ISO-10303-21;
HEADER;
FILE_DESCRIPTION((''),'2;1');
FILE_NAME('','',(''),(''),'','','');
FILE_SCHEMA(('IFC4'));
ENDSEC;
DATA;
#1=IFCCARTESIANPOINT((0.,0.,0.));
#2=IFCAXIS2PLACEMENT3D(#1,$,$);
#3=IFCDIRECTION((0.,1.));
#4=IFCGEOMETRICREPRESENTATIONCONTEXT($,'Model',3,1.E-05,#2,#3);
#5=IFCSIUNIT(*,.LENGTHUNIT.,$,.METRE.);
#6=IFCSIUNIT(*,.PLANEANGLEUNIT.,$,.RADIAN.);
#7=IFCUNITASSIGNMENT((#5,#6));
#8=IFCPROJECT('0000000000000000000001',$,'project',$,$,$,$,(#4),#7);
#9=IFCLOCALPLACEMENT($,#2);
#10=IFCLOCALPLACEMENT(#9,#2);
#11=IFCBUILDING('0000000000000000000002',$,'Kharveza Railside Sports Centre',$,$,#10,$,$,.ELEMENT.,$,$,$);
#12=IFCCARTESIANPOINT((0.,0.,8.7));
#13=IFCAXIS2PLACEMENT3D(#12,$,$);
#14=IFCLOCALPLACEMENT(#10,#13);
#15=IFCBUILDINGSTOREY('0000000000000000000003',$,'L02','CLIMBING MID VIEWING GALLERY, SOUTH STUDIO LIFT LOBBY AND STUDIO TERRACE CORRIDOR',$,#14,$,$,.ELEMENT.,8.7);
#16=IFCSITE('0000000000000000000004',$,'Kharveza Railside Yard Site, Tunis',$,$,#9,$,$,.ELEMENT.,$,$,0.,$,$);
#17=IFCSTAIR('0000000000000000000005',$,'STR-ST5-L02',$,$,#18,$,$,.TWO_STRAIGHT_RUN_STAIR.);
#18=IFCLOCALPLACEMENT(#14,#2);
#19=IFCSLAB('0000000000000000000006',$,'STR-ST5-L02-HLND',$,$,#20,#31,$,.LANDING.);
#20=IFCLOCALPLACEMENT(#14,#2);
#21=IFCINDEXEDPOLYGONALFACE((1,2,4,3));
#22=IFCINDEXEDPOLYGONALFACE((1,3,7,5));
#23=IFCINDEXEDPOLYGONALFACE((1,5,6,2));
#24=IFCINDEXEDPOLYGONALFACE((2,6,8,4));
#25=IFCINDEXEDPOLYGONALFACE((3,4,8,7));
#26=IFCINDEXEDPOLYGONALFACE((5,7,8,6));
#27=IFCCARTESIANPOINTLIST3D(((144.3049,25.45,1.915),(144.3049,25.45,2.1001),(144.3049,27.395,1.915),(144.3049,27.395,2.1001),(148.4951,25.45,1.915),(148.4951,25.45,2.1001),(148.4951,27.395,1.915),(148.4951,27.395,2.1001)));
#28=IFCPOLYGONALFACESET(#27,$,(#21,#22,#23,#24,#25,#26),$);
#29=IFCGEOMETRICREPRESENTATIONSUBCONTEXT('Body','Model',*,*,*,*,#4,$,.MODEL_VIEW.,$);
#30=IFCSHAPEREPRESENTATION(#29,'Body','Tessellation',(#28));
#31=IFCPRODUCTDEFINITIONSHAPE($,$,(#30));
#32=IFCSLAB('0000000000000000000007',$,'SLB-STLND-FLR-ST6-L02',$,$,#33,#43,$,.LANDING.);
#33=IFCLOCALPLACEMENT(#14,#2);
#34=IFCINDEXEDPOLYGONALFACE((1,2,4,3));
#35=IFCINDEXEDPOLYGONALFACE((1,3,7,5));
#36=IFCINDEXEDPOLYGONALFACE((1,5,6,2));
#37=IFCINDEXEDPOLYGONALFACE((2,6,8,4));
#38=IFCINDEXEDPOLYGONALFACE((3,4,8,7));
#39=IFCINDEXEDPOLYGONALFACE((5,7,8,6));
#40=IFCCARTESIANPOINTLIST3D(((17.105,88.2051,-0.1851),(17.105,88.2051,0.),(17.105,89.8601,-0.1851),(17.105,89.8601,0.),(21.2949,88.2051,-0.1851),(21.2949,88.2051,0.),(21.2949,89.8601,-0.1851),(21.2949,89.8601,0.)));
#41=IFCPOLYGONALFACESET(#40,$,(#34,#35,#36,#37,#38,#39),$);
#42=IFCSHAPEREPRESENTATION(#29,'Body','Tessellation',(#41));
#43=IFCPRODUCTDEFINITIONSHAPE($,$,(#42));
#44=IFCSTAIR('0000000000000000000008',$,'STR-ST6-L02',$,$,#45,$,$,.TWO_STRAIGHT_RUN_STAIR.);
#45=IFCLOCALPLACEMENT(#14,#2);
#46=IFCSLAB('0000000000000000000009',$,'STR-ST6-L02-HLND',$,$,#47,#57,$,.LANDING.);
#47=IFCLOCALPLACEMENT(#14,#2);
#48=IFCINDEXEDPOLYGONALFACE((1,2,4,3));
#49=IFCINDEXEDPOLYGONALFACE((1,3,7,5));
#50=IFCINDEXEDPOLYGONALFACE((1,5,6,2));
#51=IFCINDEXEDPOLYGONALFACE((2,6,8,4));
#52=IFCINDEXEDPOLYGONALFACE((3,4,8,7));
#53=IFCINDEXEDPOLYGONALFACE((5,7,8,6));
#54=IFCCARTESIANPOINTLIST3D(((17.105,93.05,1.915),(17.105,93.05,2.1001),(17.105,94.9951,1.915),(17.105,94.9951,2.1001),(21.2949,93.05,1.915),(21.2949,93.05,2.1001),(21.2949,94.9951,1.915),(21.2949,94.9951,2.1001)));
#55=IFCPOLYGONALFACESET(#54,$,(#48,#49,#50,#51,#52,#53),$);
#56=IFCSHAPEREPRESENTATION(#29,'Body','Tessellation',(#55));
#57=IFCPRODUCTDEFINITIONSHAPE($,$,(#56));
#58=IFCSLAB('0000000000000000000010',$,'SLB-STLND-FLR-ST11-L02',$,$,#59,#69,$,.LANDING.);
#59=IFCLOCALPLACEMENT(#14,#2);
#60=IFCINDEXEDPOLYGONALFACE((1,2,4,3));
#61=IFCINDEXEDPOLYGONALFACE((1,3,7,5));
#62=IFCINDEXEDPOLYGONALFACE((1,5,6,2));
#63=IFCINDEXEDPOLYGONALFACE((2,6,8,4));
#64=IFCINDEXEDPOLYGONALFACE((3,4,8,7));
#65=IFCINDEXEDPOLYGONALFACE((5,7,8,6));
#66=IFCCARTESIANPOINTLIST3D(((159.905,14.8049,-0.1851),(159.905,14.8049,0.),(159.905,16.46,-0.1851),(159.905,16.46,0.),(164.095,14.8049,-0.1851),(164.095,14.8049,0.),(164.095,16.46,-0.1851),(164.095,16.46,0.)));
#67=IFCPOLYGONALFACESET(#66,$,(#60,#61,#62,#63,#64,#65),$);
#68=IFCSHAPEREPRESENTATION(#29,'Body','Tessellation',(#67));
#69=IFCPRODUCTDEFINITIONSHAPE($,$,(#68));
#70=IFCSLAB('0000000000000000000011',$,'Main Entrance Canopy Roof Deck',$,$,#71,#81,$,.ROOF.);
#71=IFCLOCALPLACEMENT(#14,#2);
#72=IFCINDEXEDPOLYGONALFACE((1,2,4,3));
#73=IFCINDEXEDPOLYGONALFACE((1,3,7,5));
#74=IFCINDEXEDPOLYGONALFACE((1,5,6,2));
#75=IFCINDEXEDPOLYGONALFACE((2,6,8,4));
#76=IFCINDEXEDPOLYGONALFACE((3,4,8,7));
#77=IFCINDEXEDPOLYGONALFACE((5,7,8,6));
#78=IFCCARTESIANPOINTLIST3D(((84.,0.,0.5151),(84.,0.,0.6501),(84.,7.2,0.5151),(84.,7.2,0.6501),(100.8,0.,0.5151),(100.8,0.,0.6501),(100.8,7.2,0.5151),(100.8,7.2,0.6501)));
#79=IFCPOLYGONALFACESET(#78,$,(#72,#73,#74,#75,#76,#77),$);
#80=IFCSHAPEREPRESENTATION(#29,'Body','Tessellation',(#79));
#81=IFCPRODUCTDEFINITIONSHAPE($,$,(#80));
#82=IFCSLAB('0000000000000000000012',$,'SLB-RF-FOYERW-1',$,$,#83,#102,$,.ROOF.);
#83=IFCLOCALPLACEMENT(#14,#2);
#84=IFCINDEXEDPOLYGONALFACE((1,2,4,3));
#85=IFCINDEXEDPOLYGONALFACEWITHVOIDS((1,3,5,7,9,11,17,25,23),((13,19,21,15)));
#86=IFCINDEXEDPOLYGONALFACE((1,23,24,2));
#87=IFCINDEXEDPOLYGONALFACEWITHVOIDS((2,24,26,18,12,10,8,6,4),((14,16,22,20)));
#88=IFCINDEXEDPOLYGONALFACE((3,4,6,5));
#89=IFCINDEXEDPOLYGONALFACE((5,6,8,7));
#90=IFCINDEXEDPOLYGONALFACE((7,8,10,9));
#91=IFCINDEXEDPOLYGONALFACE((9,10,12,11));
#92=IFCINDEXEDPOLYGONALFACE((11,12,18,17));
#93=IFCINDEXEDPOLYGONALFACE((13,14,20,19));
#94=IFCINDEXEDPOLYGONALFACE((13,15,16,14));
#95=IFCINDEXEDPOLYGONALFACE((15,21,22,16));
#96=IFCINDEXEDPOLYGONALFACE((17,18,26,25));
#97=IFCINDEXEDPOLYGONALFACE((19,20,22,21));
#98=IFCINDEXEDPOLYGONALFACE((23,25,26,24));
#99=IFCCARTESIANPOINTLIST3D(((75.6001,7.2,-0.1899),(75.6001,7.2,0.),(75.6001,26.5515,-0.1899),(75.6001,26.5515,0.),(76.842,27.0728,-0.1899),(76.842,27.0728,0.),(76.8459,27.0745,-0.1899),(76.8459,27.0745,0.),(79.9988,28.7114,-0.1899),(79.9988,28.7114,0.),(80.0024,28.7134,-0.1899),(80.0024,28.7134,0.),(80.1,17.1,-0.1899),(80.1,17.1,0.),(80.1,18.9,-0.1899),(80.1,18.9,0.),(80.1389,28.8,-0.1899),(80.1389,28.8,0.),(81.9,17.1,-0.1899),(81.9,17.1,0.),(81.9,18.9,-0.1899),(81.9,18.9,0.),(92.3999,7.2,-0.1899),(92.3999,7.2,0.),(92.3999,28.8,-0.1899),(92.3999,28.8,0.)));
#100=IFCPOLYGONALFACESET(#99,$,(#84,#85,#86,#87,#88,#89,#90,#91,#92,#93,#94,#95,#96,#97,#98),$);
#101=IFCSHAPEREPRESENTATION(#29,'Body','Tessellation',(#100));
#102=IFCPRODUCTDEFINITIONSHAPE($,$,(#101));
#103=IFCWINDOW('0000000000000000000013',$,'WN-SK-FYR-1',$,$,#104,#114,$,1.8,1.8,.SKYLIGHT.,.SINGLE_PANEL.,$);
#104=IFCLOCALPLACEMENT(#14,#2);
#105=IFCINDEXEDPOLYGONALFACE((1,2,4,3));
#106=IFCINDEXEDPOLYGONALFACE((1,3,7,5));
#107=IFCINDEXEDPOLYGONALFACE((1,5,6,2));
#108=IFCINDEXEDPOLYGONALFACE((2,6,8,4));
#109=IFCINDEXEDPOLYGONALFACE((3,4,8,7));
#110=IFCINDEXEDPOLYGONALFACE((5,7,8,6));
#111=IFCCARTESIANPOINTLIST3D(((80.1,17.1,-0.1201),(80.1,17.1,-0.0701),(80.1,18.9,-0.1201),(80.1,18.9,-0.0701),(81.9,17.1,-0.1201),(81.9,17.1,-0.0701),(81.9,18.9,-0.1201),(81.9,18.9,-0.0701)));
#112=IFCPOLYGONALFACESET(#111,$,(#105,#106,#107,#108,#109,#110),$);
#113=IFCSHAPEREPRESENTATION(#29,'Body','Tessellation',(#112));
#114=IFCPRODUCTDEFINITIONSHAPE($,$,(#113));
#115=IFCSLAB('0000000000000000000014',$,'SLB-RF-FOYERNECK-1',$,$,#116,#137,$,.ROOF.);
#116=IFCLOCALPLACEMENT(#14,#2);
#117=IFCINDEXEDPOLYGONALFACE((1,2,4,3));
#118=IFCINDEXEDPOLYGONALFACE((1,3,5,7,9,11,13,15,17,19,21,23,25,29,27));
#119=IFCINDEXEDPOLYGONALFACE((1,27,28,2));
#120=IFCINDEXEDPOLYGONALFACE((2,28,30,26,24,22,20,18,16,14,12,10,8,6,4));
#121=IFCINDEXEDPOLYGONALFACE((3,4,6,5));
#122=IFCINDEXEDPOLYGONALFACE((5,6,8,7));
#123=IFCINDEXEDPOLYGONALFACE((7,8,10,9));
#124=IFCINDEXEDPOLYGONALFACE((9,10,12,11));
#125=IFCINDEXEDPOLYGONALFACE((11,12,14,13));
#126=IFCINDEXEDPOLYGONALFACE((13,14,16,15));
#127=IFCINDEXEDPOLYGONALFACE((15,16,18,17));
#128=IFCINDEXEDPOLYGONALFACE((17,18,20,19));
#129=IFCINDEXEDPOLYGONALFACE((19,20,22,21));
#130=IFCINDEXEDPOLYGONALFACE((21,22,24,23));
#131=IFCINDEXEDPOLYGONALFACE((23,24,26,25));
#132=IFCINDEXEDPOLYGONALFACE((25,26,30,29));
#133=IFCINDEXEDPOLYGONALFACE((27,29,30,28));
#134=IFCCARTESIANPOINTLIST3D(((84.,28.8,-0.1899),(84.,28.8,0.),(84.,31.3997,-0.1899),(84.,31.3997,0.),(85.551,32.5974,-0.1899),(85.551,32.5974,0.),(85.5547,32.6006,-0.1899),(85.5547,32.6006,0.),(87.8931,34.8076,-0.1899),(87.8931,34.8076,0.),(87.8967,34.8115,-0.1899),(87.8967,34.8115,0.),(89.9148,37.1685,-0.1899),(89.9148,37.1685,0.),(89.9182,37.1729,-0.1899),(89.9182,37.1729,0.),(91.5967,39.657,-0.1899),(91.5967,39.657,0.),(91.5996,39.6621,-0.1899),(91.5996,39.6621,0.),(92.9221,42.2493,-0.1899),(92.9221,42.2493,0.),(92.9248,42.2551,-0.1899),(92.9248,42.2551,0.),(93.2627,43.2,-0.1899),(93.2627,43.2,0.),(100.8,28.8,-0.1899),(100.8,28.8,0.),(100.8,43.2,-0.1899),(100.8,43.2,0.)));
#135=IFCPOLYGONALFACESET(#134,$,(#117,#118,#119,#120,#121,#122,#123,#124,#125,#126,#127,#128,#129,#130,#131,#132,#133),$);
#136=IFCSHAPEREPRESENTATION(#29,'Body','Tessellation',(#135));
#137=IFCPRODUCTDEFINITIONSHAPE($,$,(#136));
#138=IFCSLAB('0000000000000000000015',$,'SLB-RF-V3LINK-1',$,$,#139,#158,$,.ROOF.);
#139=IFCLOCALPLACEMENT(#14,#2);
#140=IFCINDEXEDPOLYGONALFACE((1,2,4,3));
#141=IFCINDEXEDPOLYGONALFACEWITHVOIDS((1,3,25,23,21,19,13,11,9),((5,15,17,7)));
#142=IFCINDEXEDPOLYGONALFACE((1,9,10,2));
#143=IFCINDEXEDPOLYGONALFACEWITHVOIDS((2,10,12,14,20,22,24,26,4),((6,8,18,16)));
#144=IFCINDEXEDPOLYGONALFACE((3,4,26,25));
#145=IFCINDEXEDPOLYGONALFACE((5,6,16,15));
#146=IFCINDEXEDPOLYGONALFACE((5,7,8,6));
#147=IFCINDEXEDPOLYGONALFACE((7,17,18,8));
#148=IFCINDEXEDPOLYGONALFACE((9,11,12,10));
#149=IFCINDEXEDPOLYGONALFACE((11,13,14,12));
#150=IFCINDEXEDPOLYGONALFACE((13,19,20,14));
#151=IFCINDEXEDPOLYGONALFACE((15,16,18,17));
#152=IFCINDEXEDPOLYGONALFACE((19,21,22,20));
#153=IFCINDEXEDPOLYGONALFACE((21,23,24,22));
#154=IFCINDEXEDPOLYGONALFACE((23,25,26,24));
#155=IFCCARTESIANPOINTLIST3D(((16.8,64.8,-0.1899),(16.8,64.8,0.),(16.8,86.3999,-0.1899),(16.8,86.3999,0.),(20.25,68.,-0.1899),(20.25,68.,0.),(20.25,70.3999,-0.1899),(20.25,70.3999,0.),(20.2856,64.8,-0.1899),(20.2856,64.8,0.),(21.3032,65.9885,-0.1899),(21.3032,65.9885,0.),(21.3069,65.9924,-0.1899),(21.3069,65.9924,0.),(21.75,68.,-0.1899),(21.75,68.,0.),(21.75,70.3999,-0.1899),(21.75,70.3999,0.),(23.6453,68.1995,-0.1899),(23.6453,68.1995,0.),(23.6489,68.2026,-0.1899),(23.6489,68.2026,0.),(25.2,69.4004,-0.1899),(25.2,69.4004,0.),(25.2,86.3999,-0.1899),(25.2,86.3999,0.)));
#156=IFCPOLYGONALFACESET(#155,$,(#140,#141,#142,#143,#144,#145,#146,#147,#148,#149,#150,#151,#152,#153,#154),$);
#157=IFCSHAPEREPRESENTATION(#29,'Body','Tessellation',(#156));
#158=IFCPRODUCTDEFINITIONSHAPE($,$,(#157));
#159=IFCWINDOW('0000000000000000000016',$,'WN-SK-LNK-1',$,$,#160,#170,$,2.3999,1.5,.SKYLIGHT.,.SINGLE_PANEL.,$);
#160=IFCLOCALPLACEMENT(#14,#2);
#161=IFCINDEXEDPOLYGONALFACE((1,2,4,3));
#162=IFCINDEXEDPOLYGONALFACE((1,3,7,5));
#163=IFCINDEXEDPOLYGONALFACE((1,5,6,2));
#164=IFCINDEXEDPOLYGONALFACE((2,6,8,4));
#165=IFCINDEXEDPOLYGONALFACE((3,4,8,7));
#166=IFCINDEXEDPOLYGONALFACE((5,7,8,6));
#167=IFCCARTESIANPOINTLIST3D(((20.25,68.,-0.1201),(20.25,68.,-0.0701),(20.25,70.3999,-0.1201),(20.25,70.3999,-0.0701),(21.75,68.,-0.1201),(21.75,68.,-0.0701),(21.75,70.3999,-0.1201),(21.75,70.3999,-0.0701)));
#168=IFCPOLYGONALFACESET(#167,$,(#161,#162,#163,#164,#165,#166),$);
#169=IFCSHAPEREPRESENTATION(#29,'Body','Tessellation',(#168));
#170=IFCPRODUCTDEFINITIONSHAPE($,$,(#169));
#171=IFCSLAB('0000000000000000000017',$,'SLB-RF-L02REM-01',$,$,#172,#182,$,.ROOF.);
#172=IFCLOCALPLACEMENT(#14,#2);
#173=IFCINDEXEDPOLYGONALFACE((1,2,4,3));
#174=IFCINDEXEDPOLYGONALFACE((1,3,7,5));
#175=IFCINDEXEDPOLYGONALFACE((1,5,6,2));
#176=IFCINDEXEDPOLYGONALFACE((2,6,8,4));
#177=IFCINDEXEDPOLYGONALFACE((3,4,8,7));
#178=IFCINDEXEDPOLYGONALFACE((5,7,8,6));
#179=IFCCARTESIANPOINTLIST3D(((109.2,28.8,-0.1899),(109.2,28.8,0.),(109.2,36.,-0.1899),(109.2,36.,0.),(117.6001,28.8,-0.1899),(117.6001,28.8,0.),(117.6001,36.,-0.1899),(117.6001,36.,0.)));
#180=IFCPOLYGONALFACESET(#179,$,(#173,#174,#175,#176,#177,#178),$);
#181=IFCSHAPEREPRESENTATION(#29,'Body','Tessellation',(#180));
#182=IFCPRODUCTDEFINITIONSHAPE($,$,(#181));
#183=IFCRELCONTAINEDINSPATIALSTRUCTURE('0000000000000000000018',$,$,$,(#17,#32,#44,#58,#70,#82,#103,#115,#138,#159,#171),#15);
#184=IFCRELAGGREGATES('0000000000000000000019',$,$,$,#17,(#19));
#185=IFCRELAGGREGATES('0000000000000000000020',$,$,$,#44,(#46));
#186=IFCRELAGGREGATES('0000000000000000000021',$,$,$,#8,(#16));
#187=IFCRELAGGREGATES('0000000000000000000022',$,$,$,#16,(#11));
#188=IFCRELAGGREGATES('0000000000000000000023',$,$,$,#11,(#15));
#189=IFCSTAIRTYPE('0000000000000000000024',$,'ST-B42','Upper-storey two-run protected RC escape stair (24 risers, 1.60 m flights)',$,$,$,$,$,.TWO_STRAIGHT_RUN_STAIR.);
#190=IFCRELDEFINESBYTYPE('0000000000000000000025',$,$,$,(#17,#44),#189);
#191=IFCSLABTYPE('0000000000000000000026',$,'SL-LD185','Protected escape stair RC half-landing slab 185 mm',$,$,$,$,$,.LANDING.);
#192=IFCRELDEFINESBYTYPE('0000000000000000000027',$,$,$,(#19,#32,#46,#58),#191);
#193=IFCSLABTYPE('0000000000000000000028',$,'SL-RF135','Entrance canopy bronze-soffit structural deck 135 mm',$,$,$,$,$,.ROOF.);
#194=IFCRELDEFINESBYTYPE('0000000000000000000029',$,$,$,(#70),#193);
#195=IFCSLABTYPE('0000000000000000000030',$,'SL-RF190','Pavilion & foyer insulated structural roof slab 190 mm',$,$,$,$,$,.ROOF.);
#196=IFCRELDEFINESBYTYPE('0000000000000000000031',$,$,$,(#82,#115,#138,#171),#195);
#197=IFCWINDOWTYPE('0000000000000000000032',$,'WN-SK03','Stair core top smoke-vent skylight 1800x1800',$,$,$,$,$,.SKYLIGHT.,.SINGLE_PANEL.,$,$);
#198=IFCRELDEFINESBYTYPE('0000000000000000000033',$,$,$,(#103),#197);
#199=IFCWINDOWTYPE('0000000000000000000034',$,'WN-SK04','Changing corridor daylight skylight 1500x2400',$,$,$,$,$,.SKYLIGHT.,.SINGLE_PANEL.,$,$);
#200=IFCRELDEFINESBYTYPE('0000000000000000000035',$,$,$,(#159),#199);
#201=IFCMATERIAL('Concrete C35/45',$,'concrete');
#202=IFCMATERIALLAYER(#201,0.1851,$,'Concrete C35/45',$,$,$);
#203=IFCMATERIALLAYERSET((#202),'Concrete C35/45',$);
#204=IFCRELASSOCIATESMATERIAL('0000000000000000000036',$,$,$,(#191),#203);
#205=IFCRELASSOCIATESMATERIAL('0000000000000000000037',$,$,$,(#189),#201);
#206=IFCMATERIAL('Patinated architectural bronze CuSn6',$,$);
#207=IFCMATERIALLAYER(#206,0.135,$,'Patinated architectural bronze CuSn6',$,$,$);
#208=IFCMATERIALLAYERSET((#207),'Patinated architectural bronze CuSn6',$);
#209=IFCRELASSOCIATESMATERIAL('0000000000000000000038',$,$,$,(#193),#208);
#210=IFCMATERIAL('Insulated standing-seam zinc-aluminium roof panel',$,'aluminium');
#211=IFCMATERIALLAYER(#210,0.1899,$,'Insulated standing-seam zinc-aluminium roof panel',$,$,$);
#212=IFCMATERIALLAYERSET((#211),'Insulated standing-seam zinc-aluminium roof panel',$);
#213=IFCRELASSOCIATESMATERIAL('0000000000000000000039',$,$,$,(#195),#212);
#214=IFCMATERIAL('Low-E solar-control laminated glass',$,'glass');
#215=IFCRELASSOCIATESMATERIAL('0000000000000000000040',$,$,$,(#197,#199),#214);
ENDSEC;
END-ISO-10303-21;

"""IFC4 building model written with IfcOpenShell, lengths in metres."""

from ifc_helpers import new_model, si_unit, direction, frame, origin, origin_2d, place, context, subcontext, project, spatial, polyline, rectangle, outline, extrude, material, layer, layer_set, type_object, element, fill, aggregate, save


model = new_model("IFC4")

# Units and contexts
model_context = context("Model", 3, precision=1e-05, world=origin(), true_north=direction((0.0, 1.0)))
body_context = subcontext(model_context, "Body", "Model", "MODEL_VIEW")
ifc_project = project(units=[si_unit("LENGTHUNIT", "METRE"), si_unit("PLANEANGLEUNIT", "RADIAN")], contexts=[model_context])

# Site, building, storey
site_placement = place(None, origin())
site = spatial("IfcSite", under=ifc_project, at=site_placement, Name="Kharveza Railside Yard Site, Tunis", CompositionType="ELEMENT", RefElevation=0.0)
building_placement = place(site_placement, origin())
building = spatial("IfcBuilding", under=site, at=building_placement, Name="Kharveza Railside Sports Centre", CompositionType="ELEMENT")
storey_placement = place(building_placement, frame((0.0, 0.0, 8.7)))
storey = spatial("IfcBuildingStorey", under=building, at=storey_placement, Name="L02", Description="CLIMBING MID VIEWING GALLERY, SOUTH STUDIO LIFT LOBBY AND STUDIO TERRACE CORRIDOR", CompositionType="ELEMENT", Elevation=8.7)

# Shared definitions
ifc_material_1 = material(Name="Concrete C35/45", Category="concrete")
ifc_layer_1 = layer(ifc_material_1, 0.1851, Name="Concrete C35/45")
ifc_layer_set_1 = layer_set([ifc_layer_1], Name="Concrete C35/45")
slab_type_1 = type_object("IfcSlabType", Name="SL-LD185", Description="Protected escape stair RC half-landing slab 185 mm", PredefinedType="LANDING", material=ifc_layer_set_1)

# Shared definitions
stair_type = type_object("IfcStairType", Name="ST-B42", Description="Upper-storey two-run protected RC escape stair (24 risers, 1.60 m flights)", PredefinedType="TWO_STRAIGHT_RUN_STAIR", material=ifc_material_1)

# Stair, slab
stair_1_placement = place(storey_placement, origin())
stair_1 = element("IfcStair", 1, at=stair_1_placement, inside=storey, type_object=stair_type, Name="STR-ST5-L02", PredefinedType="TWO_STRAIGHT_RUN_STAIR")
slab_1_placement = place(storey_placement, frame((0.0, 0.0, 1.915)))
slab_1 = element("IfcSlab", 2, at=slab_1_placement, type_object=slab_type_1, Name="STR-ST5-L02-HLND", PredefinedType="LANDING", context=body_context, shape_type="SweptSolid", body=[
    extrude(outline(polyline([(144.3049, 25.45), (148.4951, 25.45), (148.4951, 27.395), (144.3049, 27.395), (144.3049, 25.45)])), origin(), (0.0, 0.0, 1.0), 0.1851),
])
aggregate(stair_1, [slab_1])

# Slab
slab_2_placement = place(storey_placement, frame((0.0, 0.0, -0.1851)))
element("IfcSlab", 3, at=slab_2_placement, inside=storey, type_object=slab_type_1, Name="SLB-STLND-FLR-ST6-L02", PredefinedType="LANDING", context=body_context, shape_type="SweptSolid", body=[
    extrude(outline(polyline([(17.105, 88.2051), (21.2949, 88.2051), (21.2949, 89.8601), (17.105, 89.8601), (17.105, 88.2051)])), origin(), (0.0, 0.0, 1.0), 0.1851),
])

# Stair, slab
stair_2_placement = place(storey_placement, origin())
stair_2 = element("IfcStair", 4, at=stair_2_placement, inside=storey, type_object=stair_type, Name="STR-ST6-L02", PredefinedType="TWO_STRAIGHT_RUN_STAIR")
slab_3_placement = place(storey_placement, frame((0.0, 0.0, 1.915)))
slab_3 = element("IfcSlab", 5, at=slab_3_placement, type_object=slab_type_1, Name="STR-ST6-L02-HLND", PredefinedType="LANDING", context=body_context, shape_type="SweptSolid", body=[
    extrude(outline(polyline([(17.105, 93.05), (21.2949, 93.05), (21.2949, 94.9951), (17.105, 94.9951), (17.105, 93.05)])), origin(), (0.0, 0.0, 1.0), 0.1851),
])
aggregate(stair_2, [slab_3])

# Slabs
slab_4_placement = place(storey_placement, frame((0.0, 0.0, -0.1851)))
element("IfcSlab", 6, at=slab_4_placement, inside=storey, type_object=slab_type_1, Name="SLB-STLND-FLR-ST11-L02", PredefinedType="LANDING", context=body_context, shape_type="SweptSolid", body=[
    extrude(outline(polyline([(159.905, 14.8049), (164.095, 14.8049), (164.095, 16.46), (159.905, 16.46), (159.905, 14.8049)])), origin(), (0.0, 0.0, 1.0), 0.1851),
])
ifc_material_2 = material(Name="Patinated architectural bronze CuSn6")
ifc_layer_2 = layer(ifc_material_2, 0.135, Name="Patinated architectural bronze CuSn6")
ifc_layer_set_2 = layer_set([ifc_layer_2], Name="Patinated architectural bronze CuSn6")
slab_type_2 = type_object("IfcSlabType", Name="SL-RF135", Description="Entrance canopy bronze-soffit structural deck 135 mm", PredefinedType="ROOF", material=ifc_layer_set_2)
slab_5_placement = place(storey_placement, frame((0.0, 0.0, 0.5151)))
element("IfcSlab", 7, at=slab_5_placement, inside=storey, type_object=slab_type_2, Name="Main Entrance Canopy Roof Deck", PredefinedType="ROOF", context=body_context, shape_type="SweptSolid", body=[
    extrude(outline(polyline([(84.0, 0.0), (100.8, 0.0), (100.8, 7.2), (84.0, 7.2), (84.0, 0.0)])), origin(), (0.0, 0.0, 1.0), 0.135),
])

# Slab, opening, window
ifc_material_3 = material(Name="Insulated standing-seam zinc-aluminium roof panel", Category="aluminium")
ifc_layer_3 = layer(ifc_material_3, 0.1899, Name="Insulated standing-seam zinc-aluminium roof panel")
ifc_layer_set_3 = layer_set([ifc_layer_3], Name="Insulated standing-seam zinc-aluminium roof panel")
slab_type_3 = type_object("IfcSlabType", Name="SL-RF190", Description="Pavilion & foyer insulated structural roof slab 190 mm", PredefinedType="ROOF", material=ifc_layer_set_3)
slab_6_placement = place(storey_placement, frame((0.0, 0.0, -0.1899)))
slab_6 = element("IfcSlab", 8, at=slab_6_placement, inside=storey, type_object=slab_type_3, Name="SLB-RF-FOYERW-1", PredefinedType="ROOF", context=body_context, shape_type="SweptSolid", body=[
    extrude(outline(polyline([(92.3999, 28.8), (92.3999, 7.2), (75.6001, 7.2), (75.6001, 26.5515), (76.842, 27.0728), (76.8459, 27.0745), (79.9988, 28.7114), (80.0024, 28.7134), (80.1389, 28.8), (92.3999, 28.8)])), origin(), (0.0, 0.0, 1.0), 0.1899),
])
opening_1_placement = place(slab_6_placement, frame((81.0, 18.0, -0.0249)))
opening_1 = element("IfcOpeningElement", 9, at=opening_1_placement, cuts=slab_6, PredefinedType="OPENING", context=body_context, shape_type="SweptSolid", body=[
    extrude(rectangle(XDim=1.8, YDim=1.8, at=origin_2d()), origin(), (0.0, 0.0, 1.0), 0.2397),
])
ifc_material_4 = material(Name="Low-E solar-control laminated glass", Category="glass")
window_type_1 = type_object("IfcWindowType", Name="WN-SK03", Description="Stair core top smoke-vent skylight 1800x1800", PartitioningType="SINGLE_PANEL", PredefinedType="SKYLIGHT", material=ifc_material_4)
window_1_placement = place(slab_6_placement, frame((81.0, 18.0, 0.0698)))
window_1 = element("IfcWindow", 10, at=window_1_placement, inside=storey, type_object=window_type_1, Name="WN-SK-FYR-1", OverallHeight=1.8, OverallWidth=1.8, PartitioningType="SINGLE_PANEL", PredefinedType="SKYLIGHT", context=body_context, shape_type="SweptSolid", body=[
    extrude(rectangle(XDim=1.8, YDim=1.8, at=origin_2d()), origin(), (0.0, 0.0, 1.0), 0.05),
])
fill(opening_1, window_1)

# Slab
slab_7_placement = place(storey_placement, frame((0.0, 0.0, -0.1899)))
element("IfcSlab", 11, at=slab_7_placement, inside=storey, type_object=slab_type_3, Name="SLB-RF-FOYERNECK-1", PredefinedType="ROOF", context=body_context, shape_type="SweptSolid", body=[
    extrude(outline(polyline([(100.8, 43.2), (100.8, 28.8), (84.0, 28.8), (84.0, 31.3997), (85.551, 32.5974), (85.5547, 32.6006), (87.8931, 34.8076), (87.8967, 34.8115), (89.9148, 37.1685), (89.9182, 37.1729), (91.5967, 39.657), (91.5996, 39.6621), (92.9221, 42.2493), (92.9248, 42.2551), (93.2627, 43.2), (100.8, 43.2)])), origin(), (0.0, 0.0, 1.0), 0.1899),
])

# Slab, opening, window
slab_8_placement = place(storey_placement, frame((0.0, 0.0, -0.1899)))
slab_8 = element("IfcSlab", 12, at=slab_8_placement, inside=storey, type_object=slab_type_3, Name="SLB-RF-V3LINK-1", PredefinedType="ROOF", context=body_context, shape_type="SweptSolid", body=[
    extrude(outline(polyline([(16.8, 64.8), (16.8, 86.3999), (25.2, 86.3999), (25.2, 69.4004), (23.6489, 68.2026), (23.6453, 68.1995), (21.3069, 65.9924), (21.3032, 65.9885), (20.2856, 64.8), (16.8, 64.8)])), origin(), (0.0, 0.0, 1.0), 0.1899),
])
opening_2_placement = place(slab_8_placement, frame((21.0, 69.2, -0.0249)))
opening_2 = element("IfcOpeningElement", 13, at=opening_2_placement, cuts=slab_8, PredefinedType="OPENING", context=body_context, shape_type="SweptSolid", body=[
    extrude(rectangle(XDim=1.5, YDim=2.3999, at=origin_2d()), origin(), (0.0, 0.0, 1.0), 0.2397),
])
window_type_2 = type_object("IfcWindowType", Name="WN-SK04", Description="Changing corridor daylight skylight 1500x2400", PartitioningType="SINGLE_PANEL", PredefinedType="SKYLIGHT", material=ifc_material_4)
window_2_placement = place(slab_8_placement, frame((21.0, 69.2, 0.0698)))
window_2 = element("IfcWindow", 14, at=window_2_placement, inside=storey, type_object=window_type_2, Name="WN-SK-LNK-1", OverallHeight=2.3999, OverallWidth=1.5, PartitioningType="SINGLE_PANEL", PredefinedType="SKYLIGHT", context=body_context, shape_type="SweptSolid", body=[
    extrude(rectangle(XDim=1.5, YDim=2.3999, at=origin_2d()), origin(), (0.0, 0.0, 1.0), 0.05),
])
fill(opening_2, window_2)

# Slab
slab_9_placement = place(storey_placement, frame((0.0, 0.0, -0.1899)))
element("IfcSlab", 15, at=slab_9_placement, inside=storey, type_object=slab_type_3, Name="SLB-RF-L02REM-01", PredefinedType="ROOF", context=body_context, shape_type="SweptSolid", body=[
    extrude(outline(polyline([(109.2, 36.0), (117.6001, 36.0), (117.6001, 28.8), (109.2, 28.8), (109.2, 36.0)])), origin(), (0.0, 0.0, 1.0), 0.1899),
])

save(model, "model.ifc")
